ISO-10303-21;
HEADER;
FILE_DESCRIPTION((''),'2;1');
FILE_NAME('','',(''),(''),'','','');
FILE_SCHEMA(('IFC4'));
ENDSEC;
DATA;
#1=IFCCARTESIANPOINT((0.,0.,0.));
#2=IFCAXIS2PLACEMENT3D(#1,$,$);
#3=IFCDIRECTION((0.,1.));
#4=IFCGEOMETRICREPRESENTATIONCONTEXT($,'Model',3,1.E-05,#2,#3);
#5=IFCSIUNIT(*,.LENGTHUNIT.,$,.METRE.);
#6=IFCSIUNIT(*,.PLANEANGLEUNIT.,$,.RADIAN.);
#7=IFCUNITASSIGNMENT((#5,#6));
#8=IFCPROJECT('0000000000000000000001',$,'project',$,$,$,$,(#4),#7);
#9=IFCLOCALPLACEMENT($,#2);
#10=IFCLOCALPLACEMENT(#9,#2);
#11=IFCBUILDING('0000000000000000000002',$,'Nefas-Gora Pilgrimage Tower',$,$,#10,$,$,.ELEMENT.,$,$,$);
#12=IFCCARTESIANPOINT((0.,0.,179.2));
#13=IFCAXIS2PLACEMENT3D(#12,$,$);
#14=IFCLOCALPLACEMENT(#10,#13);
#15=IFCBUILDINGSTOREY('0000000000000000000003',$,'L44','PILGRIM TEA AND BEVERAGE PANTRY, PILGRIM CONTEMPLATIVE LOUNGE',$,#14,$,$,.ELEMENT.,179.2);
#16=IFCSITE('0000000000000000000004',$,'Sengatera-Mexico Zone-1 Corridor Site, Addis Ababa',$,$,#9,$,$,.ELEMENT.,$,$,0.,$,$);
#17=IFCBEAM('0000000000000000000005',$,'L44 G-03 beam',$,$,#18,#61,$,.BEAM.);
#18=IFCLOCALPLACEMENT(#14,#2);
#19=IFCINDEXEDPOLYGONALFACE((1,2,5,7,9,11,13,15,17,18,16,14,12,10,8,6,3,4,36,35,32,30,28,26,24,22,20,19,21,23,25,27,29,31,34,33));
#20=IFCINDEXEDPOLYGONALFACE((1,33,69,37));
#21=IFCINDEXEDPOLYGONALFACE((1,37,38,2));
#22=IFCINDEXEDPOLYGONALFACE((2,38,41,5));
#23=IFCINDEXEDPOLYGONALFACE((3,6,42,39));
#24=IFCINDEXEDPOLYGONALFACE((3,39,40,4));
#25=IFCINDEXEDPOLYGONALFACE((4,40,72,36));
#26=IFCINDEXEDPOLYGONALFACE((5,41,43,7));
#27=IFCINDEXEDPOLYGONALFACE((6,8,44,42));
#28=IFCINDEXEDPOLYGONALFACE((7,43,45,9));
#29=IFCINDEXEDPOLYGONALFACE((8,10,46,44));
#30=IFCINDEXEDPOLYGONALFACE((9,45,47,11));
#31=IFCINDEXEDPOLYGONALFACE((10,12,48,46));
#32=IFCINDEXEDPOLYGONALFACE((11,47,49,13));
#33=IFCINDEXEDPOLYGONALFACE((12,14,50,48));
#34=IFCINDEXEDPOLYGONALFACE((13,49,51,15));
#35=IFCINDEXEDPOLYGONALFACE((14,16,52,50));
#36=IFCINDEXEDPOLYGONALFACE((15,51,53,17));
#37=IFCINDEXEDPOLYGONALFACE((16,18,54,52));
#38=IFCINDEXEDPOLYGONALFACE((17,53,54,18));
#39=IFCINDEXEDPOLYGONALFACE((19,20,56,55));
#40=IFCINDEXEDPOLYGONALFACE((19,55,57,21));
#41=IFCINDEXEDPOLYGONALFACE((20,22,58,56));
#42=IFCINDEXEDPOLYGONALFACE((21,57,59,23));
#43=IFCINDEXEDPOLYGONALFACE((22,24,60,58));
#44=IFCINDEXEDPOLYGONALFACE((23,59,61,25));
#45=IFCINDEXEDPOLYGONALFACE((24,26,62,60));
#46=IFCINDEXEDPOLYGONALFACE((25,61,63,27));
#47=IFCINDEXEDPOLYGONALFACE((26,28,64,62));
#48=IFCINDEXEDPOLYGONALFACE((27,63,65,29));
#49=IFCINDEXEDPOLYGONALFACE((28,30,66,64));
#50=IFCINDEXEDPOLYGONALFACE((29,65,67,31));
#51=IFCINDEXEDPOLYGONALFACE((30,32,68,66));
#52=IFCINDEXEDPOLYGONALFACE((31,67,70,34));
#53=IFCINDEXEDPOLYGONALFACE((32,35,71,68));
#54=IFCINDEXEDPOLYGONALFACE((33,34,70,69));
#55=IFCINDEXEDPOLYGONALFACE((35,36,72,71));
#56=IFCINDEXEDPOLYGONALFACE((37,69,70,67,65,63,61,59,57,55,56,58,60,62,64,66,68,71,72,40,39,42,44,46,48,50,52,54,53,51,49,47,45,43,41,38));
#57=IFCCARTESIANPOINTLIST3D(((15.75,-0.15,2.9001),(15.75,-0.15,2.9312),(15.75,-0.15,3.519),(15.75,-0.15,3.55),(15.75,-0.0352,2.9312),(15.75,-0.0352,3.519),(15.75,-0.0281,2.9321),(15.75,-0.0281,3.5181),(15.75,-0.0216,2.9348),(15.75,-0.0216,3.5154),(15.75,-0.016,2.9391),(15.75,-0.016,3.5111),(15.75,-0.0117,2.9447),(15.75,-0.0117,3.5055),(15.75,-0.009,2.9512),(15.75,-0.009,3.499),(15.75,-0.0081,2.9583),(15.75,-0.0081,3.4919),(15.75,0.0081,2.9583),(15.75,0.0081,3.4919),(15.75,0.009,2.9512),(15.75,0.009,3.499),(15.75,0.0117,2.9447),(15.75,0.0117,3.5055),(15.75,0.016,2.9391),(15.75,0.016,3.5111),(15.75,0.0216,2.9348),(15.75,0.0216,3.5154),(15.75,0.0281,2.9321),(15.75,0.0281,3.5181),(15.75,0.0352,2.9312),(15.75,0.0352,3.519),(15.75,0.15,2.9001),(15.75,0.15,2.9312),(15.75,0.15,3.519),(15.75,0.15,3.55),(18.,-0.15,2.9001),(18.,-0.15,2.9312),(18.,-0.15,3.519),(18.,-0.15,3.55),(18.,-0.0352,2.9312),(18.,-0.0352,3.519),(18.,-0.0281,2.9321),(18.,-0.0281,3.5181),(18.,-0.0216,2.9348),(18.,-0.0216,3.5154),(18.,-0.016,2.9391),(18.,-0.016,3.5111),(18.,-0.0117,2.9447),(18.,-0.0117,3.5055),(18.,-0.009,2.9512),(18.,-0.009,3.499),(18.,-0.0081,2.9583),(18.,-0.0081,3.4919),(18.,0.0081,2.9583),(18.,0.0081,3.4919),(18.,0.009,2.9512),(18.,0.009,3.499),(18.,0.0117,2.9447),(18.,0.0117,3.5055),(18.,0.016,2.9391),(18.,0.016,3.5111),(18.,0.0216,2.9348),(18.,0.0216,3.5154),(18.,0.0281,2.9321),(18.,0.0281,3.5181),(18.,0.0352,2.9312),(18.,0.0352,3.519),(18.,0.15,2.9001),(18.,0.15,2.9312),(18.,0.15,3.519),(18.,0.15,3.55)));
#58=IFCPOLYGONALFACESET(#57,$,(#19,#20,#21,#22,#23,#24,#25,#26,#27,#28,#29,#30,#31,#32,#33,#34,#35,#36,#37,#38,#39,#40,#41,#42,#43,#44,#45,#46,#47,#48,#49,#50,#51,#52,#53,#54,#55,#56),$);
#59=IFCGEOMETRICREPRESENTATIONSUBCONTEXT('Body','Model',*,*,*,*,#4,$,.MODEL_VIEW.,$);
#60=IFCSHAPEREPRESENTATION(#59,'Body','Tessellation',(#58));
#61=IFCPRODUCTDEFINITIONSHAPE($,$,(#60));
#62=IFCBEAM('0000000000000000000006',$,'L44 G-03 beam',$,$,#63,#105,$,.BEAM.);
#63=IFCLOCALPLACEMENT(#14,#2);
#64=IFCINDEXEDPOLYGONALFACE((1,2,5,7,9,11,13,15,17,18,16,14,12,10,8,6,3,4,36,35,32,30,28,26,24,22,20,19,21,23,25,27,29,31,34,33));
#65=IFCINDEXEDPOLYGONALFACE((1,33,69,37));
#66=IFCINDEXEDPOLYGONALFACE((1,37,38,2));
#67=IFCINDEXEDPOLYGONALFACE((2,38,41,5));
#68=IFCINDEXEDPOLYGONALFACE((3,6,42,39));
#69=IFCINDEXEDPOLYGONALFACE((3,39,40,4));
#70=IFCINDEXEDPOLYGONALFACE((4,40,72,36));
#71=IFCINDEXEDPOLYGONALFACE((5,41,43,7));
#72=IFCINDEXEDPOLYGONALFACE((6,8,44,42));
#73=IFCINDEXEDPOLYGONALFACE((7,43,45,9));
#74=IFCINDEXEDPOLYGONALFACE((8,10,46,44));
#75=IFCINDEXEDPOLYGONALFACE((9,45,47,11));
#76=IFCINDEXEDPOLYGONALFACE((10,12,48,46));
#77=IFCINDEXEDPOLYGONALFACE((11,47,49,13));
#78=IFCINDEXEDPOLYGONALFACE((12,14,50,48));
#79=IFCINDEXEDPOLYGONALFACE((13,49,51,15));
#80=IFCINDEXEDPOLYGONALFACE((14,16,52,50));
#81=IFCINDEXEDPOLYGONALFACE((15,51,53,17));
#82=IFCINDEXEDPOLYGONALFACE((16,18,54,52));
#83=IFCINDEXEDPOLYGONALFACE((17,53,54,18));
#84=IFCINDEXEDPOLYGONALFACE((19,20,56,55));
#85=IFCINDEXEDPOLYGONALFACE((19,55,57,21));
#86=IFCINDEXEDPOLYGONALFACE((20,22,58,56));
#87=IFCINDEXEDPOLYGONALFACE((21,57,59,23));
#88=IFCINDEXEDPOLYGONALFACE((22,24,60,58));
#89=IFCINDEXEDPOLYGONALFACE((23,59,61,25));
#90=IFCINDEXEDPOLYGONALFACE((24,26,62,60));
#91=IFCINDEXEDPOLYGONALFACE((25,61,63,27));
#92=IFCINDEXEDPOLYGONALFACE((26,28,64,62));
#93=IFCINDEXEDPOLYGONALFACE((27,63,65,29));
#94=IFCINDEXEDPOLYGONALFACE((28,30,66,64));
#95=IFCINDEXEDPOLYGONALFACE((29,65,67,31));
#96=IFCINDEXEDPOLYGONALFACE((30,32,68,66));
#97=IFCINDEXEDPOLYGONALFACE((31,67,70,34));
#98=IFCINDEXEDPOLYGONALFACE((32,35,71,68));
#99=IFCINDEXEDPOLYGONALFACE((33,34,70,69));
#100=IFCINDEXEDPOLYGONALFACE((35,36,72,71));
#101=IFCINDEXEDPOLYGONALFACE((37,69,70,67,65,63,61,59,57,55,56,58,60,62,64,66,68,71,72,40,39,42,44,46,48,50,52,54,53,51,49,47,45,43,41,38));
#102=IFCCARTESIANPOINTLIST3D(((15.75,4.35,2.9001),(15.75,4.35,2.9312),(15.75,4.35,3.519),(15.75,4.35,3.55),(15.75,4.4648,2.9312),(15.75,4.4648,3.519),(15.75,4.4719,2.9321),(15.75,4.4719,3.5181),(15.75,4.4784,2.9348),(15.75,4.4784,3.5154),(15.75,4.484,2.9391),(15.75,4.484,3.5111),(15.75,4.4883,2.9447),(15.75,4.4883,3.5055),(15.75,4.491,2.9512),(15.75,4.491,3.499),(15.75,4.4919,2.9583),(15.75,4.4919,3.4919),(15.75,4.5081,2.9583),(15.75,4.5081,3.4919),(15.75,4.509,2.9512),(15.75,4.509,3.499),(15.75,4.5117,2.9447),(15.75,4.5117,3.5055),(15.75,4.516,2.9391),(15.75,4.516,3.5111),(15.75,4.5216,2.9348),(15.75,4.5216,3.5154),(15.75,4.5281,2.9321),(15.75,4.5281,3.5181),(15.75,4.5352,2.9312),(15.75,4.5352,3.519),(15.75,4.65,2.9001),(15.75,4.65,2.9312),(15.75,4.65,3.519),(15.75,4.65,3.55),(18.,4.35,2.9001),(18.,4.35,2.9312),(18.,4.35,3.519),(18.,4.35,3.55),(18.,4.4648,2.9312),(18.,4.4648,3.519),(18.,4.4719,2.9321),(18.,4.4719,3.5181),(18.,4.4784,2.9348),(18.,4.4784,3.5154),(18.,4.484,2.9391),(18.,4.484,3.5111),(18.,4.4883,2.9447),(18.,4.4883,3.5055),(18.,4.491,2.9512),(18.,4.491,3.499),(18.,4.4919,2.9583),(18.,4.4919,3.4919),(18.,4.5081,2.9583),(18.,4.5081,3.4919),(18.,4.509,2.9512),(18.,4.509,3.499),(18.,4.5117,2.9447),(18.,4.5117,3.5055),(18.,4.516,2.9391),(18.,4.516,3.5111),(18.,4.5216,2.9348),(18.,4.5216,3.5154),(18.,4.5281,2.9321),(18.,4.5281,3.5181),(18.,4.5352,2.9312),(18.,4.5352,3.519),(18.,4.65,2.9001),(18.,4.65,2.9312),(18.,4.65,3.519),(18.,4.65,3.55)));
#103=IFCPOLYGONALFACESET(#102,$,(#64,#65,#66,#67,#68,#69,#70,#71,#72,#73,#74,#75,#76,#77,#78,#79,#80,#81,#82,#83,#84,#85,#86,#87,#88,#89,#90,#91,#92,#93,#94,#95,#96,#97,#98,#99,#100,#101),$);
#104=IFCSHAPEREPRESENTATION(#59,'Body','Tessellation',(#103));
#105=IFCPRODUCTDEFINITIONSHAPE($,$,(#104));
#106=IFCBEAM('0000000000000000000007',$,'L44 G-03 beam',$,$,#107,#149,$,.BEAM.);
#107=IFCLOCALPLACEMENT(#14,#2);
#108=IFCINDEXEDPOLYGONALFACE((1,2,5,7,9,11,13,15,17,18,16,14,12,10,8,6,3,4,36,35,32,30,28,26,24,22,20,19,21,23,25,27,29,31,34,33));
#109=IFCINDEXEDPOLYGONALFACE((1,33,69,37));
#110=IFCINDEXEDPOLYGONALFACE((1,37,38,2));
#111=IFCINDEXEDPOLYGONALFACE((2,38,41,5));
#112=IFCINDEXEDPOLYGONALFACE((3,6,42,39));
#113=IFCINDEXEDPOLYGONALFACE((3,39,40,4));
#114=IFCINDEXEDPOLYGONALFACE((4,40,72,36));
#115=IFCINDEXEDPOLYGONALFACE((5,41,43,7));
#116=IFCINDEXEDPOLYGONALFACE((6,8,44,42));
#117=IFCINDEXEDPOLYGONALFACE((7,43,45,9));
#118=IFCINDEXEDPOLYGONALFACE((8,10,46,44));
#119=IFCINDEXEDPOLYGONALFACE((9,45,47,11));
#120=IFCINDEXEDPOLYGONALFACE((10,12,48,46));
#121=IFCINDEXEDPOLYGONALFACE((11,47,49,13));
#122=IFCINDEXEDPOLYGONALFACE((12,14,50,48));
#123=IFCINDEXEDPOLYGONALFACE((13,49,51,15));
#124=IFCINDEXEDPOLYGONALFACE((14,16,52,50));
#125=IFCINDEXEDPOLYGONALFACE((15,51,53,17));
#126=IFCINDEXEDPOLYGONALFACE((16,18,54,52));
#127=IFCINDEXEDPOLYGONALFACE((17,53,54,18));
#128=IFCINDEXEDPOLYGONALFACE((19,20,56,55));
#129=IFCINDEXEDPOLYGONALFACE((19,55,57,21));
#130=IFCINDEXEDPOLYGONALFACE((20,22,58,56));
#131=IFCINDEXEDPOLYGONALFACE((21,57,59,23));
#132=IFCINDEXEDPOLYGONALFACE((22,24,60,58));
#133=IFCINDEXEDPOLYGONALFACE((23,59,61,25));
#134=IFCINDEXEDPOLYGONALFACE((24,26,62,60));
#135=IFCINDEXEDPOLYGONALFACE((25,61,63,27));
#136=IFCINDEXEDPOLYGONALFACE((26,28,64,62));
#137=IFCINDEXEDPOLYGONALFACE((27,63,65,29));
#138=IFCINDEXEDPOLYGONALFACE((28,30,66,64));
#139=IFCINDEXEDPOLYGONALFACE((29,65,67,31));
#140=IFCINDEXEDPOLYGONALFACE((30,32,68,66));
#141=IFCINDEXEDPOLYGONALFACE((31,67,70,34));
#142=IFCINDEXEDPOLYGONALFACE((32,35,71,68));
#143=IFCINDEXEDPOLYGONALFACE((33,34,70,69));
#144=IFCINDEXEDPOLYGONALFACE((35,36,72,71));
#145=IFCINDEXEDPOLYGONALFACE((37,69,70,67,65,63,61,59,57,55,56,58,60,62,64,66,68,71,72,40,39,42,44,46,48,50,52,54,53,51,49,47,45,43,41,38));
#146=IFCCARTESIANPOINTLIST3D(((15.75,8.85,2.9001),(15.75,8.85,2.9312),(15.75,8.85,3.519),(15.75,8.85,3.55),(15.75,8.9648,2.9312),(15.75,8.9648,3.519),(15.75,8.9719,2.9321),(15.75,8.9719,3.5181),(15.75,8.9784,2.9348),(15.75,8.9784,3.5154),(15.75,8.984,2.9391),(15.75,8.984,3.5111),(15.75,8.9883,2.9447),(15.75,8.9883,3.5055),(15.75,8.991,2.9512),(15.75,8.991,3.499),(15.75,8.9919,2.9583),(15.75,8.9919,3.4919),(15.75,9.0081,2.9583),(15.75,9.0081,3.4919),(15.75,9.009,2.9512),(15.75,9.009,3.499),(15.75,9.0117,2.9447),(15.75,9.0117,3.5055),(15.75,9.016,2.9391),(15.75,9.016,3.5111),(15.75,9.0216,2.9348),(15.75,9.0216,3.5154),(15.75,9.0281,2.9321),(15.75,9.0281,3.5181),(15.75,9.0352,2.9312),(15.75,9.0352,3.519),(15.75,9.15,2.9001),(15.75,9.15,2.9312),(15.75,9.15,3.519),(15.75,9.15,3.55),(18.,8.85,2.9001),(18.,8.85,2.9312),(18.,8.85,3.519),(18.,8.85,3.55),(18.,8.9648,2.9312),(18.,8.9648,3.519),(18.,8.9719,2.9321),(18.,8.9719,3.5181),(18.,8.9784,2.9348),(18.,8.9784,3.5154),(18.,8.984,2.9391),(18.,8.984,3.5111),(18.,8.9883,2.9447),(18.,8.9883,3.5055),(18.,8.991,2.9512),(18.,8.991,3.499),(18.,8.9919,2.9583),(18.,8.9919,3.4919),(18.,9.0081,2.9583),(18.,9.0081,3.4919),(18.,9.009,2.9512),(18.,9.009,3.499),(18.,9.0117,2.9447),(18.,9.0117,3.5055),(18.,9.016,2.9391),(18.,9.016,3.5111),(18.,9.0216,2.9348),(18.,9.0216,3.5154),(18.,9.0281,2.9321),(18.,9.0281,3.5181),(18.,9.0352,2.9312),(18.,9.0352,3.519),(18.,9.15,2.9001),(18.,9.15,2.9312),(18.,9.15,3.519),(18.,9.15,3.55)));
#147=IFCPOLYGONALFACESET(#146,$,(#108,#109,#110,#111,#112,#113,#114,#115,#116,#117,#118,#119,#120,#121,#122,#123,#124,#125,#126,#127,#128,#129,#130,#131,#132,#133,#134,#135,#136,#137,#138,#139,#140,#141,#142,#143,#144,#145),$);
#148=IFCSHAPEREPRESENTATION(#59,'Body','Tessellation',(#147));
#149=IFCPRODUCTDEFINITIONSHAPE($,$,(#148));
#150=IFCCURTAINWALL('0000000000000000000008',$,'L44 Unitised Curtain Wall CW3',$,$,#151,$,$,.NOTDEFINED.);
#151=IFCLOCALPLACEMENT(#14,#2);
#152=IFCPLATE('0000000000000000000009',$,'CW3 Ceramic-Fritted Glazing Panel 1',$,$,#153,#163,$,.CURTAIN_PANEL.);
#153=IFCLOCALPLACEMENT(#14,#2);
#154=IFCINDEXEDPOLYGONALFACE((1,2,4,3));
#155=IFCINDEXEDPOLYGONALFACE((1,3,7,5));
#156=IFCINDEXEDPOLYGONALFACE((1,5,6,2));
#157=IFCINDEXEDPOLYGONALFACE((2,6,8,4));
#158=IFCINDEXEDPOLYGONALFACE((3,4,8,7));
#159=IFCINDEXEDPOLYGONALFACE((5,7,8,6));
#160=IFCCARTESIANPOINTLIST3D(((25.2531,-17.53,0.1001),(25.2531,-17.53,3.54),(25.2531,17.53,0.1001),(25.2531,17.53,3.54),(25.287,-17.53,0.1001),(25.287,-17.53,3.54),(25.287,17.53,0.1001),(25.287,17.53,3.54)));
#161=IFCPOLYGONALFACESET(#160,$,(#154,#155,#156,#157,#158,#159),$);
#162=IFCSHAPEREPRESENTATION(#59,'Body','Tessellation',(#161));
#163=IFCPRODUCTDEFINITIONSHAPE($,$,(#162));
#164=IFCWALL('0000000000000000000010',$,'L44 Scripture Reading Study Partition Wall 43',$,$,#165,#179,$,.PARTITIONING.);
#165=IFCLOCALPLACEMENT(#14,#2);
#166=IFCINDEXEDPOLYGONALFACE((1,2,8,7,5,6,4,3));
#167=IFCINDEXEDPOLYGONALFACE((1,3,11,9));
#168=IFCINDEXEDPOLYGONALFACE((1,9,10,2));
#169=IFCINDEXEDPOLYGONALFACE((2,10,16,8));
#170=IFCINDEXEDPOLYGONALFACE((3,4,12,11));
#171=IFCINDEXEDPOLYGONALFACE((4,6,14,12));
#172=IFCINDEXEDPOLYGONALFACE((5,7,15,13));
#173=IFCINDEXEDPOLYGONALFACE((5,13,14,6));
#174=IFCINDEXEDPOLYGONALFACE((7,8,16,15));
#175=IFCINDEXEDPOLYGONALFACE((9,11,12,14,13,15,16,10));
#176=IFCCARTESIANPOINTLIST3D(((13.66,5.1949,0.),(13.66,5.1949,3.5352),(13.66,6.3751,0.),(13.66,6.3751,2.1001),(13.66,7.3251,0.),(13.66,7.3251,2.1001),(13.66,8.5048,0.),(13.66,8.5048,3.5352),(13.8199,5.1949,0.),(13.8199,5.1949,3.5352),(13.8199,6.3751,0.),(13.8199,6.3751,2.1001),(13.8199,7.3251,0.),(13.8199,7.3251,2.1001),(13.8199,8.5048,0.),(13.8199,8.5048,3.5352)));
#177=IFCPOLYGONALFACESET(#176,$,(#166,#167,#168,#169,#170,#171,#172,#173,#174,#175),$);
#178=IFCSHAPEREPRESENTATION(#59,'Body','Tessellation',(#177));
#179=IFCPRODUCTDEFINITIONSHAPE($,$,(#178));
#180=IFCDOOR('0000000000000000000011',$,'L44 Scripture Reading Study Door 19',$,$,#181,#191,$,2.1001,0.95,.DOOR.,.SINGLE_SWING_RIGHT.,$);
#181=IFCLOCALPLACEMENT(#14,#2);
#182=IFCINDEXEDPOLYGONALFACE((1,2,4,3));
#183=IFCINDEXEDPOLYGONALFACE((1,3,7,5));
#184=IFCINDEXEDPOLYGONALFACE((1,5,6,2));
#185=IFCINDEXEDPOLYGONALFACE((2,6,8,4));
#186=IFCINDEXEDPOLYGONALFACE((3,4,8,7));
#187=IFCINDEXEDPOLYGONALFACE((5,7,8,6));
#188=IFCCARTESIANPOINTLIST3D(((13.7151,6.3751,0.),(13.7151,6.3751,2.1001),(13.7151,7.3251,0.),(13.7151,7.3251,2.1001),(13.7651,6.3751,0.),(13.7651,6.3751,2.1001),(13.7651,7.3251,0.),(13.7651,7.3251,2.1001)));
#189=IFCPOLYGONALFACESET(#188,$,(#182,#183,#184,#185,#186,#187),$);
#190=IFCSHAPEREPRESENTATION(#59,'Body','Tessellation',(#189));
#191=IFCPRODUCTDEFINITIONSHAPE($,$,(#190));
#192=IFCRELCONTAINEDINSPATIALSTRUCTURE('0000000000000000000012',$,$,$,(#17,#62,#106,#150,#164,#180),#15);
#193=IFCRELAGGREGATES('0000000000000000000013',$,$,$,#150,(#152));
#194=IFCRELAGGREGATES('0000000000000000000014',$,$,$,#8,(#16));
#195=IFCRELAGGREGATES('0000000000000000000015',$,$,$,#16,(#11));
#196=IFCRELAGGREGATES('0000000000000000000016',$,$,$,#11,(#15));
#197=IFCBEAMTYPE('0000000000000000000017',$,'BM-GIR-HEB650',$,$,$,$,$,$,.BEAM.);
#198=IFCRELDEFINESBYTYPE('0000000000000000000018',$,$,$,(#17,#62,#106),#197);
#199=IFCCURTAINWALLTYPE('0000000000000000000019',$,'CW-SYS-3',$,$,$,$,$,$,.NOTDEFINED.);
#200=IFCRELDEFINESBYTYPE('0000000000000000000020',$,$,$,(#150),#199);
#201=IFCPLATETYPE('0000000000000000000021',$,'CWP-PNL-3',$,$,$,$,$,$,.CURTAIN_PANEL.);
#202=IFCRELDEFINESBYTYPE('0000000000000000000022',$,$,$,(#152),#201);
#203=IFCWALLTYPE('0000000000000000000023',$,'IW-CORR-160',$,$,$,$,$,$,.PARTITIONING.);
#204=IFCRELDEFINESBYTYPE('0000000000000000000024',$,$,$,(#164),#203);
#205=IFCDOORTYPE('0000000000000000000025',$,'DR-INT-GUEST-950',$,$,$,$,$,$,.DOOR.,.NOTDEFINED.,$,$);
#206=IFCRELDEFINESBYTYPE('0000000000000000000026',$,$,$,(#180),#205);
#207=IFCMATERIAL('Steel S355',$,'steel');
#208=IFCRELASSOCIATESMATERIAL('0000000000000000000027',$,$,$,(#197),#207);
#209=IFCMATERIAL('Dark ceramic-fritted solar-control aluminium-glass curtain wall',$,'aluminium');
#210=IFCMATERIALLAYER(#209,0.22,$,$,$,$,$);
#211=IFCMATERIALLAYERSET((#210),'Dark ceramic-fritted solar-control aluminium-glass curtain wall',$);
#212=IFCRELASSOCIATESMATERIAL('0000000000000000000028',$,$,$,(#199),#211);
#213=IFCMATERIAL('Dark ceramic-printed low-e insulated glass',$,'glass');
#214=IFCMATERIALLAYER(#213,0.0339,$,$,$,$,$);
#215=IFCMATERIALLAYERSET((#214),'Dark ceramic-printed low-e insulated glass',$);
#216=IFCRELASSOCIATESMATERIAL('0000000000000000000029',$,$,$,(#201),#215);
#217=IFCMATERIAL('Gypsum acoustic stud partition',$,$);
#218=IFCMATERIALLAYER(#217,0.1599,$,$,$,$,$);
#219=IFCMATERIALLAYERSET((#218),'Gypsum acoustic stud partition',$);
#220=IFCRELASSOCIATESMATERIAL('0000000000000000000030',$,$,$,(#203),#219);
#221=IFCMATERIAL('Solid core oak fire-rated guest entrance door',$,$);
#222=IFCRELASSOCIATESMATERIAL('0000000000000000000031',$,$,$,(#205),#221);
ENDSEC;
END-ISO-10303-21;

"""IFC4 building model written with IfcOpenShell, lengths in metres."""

from ifc_helpers import new_model, si_unit, direction, frame, frame_2d, origin, origin_2d, place, context, subcontext, project, spatial, rectangle, i_section, extrude, source, transform, mapped, material, layer, layer_set, material_profile, profile_set, type_object, element, fill, aggregate, save


model = new_model("IFC4")

# Units and contexts
model_context = context("Model", 3, precision=1e-05, world=origin(), true_north=direction((0.0, 1.0)))
body_context = subcontext(model_context, "Body", "Model", "MODEL_VIEW")
ifc_project = project(units=[si_unit("LENGTHUNIT", "METRE"), si_unit("PLANEANGLEUNIT", "RADIAN")], contexts=[model_context])

# Site, building, storey
site_placement = place(None, origin())
site = spatial("IfcSite", under=ifc_project, at=site_placement, Name="Sengatera-Mexico Zone-1 Corridor Site, Addis Ababa", CompositionType="ELEMENT", RefElevation=0.0)
building_placement = place(site_placement, origin())
building = spatial("IfcBuilding", under=site, at=building_placement, Name="Nefas-Gora Pilgrimage Tower", CompositionType="ELEMENT")
storey_placement = place(building_placement, frame((0.0, 0.0, 179.2)))
storey = spatial("IfcBuildingStorey", under=building, at=storey_placement, Name="L44", Description="PILGRIM TEA AND BEVERAGE PANTRY, PILGRIM CONTEMPLATIVE LOUNGE", CompositionType="ELEMENT", Elevation=179.2)

# Beams
ifc_material_1 = material(Name="Steel S355", Category="steel")
ifc_material_profile_1 = material_profile(ifc_material_1, i_section(OverallWidth=0.3, OverallDepth=0.6499, WebThickness=0.0161, FlangeThickness=0.031, FilletRadius=0.0271, at=origin_2d()), Name="HEB 650")
ifc_profile_set_1 = profile_set([ifc_material_profile_1], Name="Steel S355")
beam_type_1 = type_object("IfcBeamType", Name="BM-GIR-HEB650", PredefinedType="BEAM", material=ifc_profile_set_1)
shared_shape_1 = source(origin(), body_context, "Body", "SweptSolid", [
    extrude(i_section(OverallWidth=0.3, OverallDepth=0.6499, WebThickness=0.0161, FlangeThickness=0.031, FilletRadius=0.0271, at=origin_2d()), origin(), (0.0, 0.0, 1.0), 2.25),
])
for number, where, z_axis, x_axis, name in (
    (1, (15.75, 0.0, 3.2251), (1.0, 0.0, 0.0), (0.0, 1.0, 0.0), "L44 G-03 beam"),
    (2, (15.75, 4.5, 3.2251), (1.0, 0.0, 0.0), (0.0, 1.0, 0.0), "L44 G-03 beam"),
    (3, (15.75, 9.0, 3.2251), (1.0, 0.0, 0.0), (0.0, 1.0, 0.0), "L44 G-03 beam"),
):
    element("IfcBeam", number, at=place(storey_placement, frame(where, z_axis=z_axis, x_axis=x_axis)), inside=storey, type_object=beam_type_1, Name=name, PredefinedType="BEAM", context=body_context, shape_type="MappedRepresentation", body=[
        mapped(shared_shape_1, transform((0.0, 0.0, 0.0), x_axis=(1.0, 0.0, 0.0), y_axis=(0.0, 1.0, 0.0), z_axis=(0.0, 0.0, 1.0), scale=1.0)),
    ])

# Curtain wall, plate
ifc_material_2 = material(Name="Dark ceramic-fritted solar-control aluminium-glass curtain wall", Category="aluminium")
ifc_layer_1 = layer(ifc_material_2, 0.22)
ifc_layer_set_1 = layer_set([ifc_layer_1], Name="Dark ceramic-fritted solar-control aluminium-glass curtain wall")
curtain_wall_type = type_object("IfcCurtainWallType", Name="CW-SYS-3", PredefinedType="NOTDEFINED", material=ifc_layer_set_1)
curtain_wall_placement = place(storey_placement, origin())
curtain_wall = element("IfcCurtainWall", 4, at=curtain_wall_placement, inside=storey, type_object=curtain_wall_type, Name="L44 Unitised Curtain Wall CW3", PredefinedType="NOTDEFINED")
ifc_material_3 = material(Name="Dark ceramic-printed low-e insulated glass", Category="glass")
ifc_layer_2 = layer(ifc_material_3, 0.0339)
ifc_layer_set_2 = layer_set([ifc_layer_2], Name="Dark ceramic-printed low-e insulated glass")
plate_type = type_object("IfcPlateType", Name="CWP-PNL-3", PredefinedType="CURTAIN_PANEL", material=ifc_layer_set_2)
shared_shape_2 = source(origin(), body_context, "Body", "SweptSolid", [
    extrude(rectangle(XDim=35.0601, YDim=0.0339, at=origin_2d()), origin(), (0.0, 0.0, 1.0), 3.4399),
])
plate_placement = place(storey_placement, frame((25.27, 0.0, 0.1001), z_axis=(0.0, 0.0, 1.0), x_axis=(0.0, 1.0, 0.0)))
plate = element("IfcPlate", 5, at=plate_placement, type_object=plate_type, Name="CW3 Ceramic-Fritted Glazing Panel 1", PredefinedType="CURTAIN_PANEL", context=body_context, shape_type="MappedRepresentation", body=[
    mapped(shared_shape_2, transform((0.0, 0.0, 0.0), x_axis=(1.0, 0.0, 0.0), y_axis=(0.0, 1.0, 0.0), z_axis=(0.0, 0.0, 1.0), scale=1.0)),
])
aggregate(curtain_wall, [plate])

# Wall, opening, door
ifc_material_4 = material(Name="Gypsum acoustic stud partition")
ifc_layer_3 = layer(ifc_material_4, 0.1599)
ifc_layer_set_3 = layer_set([ifc_layer_3], Name="Gypsum acoustic stud partition")
wall_type_1 = type_object("IfcWallType", Name="IW-CORR-160", PredefinedType="PARTITIONING", material=ifc_layer_set_3)
shared_shape_3 = source(origin(), body_context, "Body", "SweptSolid", [
    extrude(rectangle(XDim=3.3098, YDim=0.1599, at=frame_2d((1.6548, 0.0))), origin(), (0.0, 0.0, 1.0), 3.5352),
])
wall_1_placement = place(storey_placement, frame((13.74, 5.1951, 0.0), z_axis=(0.0, 0.0, 1.0), x_axis=(0.0, 1.0, 0.0)))
wall_1 = element("IfcWall", 6, at=wall_1_placement, inside=storey, type_object=wall_type_1, Name="L44 Scripture Reading Study Partition Wall 43", PredefinedType="PARTITIONING", context=body_context, shape_type="MappedRepresentation", body=[
    mapped(shared_shape_3, transform((0.0, 0.0, 0.0), x_axis=(1.0, 0.0, 0.0), y_axis=(0.0, 1.0, 0.0), z_axis=(0.0, 0.0, 1.0), scale=1.0)),
])
opening_1_placement = place(wall_1_placement, frame((1.1799, 0.0, 0.0)))
opening_1 = element("IfcOpeningElement", 7, at=opening_1_placement, cuts=wall_1, PredefinedType="OPENING", context=body_context, shape_type="SweptSolid", body=[
    extrude(rectangle(XDim=0.95, YDim=2.1001, at=frame_2d((0.4751, 1.05))), frame((0.0, 0.0898, 0.0), z_axis=(0.0, -1.0, 0.0), x_axis=(1.0, 0.0, 0.0)), (0.0, 0.0, 1.0), 0.1799),
])
ifc_material_5 = material(Name="Solid core oak fire-rated guest entrance door")
door_type = type_object("IfcDoorType", Name="DR-INT-GUEST-950", OperationType="NOTDEFINED", PredefinedType="DOOR", material=ifc_material_5)
shared_shape_4 = source(origin(), body_context, "Body", "SweptSolid", [
    extrude(rectangle(XDim=0.95, YDim=2.1001, at=frame_2d((0.4751, 1.05))), frame((0.0, 0.0249, 0.0), z_axis=(0.0, -1.0, 0.0), x_axis=(1.0, 0.0, 0.0)), (0.0, 0.0, 1.0), 0.05),
])
door_1_placement = place(opening_1_placement, origin())
door_1 = element("IfcDoor", 8, at=door_1_placement, inside=storey, type_object=door_type, Name="L44 Scripture Reading Study Door 19", OperationType="SINGLE_SWING_RIGHT", OverallHeight=2.1001, OverallWidth=0.95, PredefinedType="DOOR", context=body_context, shape_type="MappedRepresentation", body=[
    mapped(shared_shape_4, transform((0.0, 0.0, 0.0), x_axis=(1.0, 0.0, 0.0), y_axis=(0.0, 1.0, 0.0), z_axis=(0.0, 0.0, 1.0), scale=1.0)),
])
fill(opening_1, door_1)

save(model, "model.ifc")
